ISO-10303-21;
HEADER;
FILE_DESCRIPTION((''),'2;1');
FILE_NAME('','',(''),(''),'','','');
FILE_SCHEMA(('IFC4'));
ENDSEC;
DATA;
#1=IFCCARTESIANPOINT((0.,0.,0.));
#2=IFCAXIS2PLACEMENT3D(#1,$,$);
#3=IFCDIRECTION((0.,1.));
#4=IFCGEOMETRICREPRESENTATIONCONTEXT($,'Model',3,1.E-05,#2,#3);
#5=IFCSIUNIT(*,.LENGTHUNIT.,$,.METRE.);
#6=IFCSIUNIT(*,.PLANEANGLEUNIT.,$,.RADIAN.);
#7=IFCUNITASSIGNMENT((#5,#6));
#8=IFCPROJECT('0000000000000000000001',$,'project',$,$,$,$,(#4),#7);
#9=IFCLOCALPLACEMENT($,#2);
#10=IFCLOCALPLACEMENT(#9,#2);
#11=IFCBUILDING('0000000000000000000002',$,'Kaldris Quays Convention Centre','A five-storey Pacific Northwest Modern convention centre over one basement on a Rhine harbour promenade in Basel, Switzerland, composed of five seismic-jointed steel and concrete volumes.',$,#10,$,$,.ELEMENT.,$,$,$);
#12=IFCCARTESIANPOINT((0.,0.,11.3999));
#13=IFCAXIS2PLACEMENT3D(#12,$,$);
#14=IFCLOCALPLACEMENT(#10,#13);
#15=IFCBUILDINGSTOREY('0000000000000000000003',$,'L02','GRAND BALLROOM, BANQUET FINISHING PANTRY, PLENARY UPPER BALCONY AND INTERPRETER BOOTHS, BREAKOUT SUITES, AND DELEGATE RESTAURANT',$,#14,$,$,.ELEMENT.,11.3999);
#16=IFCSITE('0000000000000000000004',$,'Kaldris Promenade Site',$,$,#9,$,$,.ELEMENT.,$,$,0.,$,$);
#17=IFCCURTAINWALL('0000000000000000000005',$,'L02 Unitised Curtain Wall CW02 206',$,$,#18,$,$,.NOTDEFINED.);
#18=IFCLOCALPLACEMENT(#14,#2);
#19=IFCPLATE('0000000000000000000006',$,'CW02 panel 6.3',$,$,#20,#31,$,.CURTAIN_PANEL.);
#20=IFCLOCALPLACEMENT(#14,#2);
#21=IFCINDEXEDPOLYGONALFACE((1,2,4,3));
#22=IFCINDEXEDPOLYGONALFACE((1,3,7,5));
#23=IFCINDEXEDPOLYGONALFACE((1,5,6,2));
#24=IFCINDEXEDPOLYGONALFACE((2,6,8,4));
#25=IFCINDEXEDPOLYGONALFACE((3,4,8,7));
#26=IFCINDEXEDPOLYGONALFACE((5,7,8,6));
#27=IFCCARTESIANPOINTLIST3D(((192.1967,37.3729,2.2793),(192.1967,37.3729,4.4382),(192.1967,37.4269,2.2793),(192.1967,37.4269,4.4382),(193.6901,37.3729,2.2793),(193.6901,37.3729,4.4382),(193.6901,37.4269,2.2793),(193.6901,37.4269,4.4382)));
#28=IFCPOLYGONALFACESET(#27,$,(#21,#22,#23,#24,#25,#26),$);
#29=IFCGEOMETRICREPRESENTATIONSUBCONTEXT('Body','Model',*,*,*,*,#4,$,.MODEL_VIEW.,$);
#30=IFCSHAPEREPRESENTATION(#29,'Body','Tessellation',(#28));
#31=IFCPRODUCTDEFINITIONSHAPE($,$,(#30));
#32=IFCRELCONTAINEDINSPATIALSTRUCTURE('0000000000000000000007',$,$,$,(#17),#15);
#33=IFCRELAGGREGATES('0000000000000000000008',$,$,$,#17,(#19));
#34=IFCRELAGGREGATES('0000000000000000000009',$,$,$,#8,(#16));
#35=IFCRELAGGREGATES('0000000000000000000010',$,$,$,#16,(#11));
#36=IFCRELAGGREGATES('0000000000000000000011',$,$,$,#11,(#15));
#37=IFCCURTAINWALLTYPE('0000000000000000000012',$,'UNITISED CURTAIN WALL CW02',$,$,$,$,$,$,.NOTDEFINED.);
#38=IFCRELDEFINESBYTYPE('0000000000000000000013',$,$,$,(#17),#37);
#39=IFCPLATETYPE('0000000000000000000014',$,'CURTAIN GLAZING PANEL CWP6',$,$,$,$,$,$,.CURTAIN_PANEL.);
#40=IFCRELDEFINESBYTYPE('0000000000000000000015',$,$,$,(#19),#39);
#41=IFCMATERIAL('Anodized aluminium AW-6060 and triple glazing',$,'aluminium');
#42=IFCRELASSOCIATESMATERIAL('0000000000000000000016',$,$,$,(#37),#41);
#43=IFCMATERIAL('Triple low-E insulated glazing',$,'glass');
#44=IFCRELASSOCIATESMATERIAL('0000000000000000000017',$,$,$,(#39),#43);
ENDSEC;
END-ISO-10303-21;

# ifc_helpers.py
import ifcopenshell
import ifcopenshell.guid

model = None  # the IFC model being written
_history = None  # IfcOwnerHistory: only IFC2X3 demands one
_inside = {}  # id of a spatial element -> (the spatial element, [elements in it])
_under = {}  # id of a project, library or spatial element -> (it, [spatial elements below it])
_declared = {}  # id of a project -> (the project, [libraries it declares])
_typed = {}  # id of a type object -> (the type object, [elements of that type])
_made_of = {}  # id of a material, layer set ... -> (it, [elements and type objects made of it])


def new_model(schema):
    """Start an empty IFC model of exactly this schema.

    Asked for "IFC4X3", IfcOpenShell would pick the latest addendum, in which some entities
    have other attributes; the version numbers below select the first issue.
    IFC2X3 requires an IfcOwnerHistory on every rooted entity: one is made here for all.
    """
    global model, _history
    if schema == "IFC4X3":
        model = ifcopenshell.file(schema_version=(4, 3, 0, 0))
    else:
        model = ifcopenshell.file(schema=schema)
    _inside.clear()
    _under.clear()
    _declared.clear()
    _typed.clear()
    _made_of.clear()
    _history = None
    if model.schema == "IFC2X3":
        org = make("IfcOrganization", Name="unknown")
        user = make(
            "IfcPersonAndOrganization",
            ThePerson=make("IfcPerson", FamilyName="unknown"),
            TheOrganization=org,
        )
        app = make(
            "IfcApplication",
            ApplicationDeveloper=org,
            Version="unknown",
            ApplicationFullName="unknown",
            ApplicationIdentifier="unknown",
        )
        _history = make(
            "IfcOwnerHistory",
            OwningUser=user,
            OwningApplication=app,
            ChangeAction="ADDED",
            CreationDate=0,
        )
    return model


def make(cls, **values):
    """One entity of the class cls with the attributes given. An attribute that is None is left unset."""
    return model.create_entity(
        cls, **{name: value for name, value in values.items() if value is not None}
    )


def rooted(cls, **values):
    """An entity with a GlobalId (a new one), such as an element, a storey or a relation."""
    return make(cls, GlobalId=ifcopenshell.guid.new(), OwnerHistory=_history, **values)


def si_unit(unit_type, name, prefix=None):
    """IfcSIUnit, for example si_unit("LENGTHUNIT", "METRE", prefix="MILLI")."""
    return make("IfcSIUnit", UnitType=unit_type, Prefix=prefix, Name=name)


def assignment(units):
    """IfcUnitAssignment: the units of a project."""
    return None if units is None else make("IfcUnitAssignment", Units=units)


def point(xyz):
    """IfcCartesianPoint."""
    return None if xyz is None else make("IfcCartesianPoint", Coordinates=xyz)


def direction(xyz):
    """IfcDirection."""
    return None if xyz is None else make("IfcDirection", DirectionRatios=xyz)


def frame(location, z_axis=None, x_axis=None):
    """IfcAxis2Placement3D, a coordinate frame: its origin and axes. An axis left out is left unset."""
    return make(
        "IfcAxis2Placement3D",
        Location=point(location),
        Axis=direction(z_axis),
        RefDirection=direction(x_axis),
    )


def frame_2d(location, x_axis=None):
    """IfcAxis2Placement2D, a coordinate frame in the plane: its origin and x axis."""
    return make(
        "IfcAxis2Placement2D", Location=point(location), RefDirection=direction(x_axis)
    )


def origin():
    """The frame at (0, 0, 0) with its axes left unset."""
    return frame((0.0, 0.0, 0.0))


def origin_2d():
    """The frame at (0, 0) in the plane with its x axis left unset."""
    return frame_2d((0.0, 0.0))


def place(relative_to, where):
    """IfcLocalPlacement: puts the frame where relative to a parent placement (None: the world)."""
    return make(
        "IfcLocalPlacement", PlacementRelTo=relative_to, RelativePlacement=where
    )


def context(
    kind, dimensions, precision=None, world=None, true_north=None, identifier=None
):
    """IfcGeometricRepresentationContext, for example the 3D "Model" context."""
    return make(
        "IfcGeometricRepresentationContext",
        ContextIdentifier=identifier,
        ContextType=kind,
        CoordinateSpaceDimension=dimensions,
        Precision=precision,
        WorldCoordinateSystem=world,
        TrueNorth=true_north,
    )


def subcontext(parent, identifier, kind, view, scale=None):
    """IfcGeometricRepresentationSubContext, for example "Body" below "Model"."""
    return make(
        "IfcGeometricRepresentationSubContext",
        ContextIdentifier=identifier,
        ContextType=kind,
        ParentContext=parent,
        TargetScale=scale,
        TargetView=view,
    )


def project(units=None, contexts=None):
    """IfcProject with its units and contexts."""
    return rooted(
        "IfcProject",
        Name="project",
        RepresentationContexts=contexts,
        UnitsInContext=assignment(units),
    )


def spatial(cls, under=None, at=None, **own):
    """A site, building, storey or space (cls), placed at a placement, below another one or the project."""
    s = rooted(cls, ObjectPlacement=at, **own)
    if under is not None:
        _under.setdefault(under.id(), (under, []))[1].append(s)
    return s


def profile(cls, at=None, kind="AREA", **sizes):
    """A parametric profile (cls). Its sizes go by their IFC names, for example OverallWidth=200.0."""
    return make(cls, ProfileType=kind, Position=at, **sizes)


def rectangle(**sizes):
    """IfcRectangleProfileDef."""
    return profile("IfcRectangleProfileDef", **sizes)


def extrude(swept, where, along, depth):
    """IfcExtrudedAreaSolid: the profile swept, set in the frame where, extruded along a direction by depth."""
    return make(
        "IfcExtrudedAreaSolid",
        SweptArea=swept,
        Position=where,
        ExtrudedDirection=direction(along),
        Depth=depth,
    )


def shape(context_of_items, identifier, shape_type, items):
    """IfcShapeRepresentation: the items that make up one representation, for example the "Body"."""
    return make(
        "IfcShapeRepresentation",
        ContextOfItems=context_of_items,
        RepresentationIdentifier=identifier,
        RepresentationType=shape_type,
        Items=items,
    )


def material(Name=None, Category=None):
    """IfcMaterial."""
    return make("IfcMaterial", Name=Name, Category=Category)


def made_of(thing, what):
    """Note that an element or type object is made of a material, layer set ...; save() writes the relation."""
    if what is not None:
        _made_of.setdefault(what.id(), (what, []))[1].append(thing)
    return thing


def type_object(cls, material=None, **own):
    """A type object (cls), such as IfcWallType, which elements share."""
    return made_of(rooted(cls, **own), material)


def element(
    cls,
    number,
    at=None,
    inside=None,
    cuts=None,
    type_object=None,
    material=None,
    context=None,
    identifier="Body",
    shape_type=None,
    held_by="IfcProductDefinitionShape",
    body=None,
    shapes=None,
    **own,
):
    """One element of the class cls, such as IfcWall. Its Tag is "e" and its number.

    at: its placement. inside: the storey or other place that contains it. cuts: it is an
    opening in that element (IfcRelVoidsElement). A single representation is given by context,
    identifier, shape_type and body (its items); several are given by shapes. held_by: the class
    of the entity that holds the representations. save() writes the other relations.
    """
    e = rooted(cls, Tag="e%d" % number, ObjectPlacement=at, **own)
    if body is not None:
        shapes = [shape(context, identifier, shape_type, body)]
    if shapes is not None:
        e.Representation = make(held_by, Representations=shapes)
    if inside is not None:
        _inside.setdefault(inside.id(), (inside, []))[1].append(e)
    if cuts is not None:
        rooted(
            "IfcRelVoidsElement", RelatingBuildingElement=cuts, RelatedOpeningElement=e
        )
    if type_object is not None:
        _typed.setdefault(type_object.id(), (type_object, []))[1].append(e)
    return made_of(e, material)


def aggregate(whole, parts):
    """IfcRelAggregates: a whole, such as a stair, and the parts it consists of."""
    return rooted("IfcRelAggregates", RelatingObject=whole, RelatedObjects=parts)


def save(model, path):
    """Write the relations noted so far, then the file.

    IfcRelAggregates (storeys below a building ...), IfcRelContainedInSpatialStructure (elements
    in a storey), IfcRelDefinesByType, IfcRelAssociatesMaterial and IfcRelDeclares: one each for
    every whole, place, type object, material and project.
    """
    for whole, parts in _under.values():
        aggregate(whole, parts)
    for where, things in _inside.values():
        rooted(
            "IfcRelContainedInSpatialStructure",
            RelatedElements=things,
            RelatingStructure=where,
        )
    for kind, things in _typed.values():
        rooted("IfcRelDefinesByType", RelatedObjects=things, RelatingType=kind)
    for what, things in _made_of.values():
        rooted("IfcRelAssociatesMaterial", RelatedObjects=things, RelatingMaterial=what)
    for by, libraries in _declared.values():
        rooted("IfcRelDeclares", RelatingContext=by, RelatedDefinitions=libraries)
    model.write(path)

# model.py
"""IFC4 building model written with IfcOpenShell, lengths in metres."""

from ifc_helpers import new_model, si_unit, direction, frame, origin, origin_2d, place, context, subcontext, project, spatial, rectangle, extrude, material, type_object, element, aggregate, save


model = new_model("IFC4")

# Units and contexts
model_context = context("Model", 3, precision=1e-05, world=origin(), true_north=direction((0.0, 1.0)))
body_context = subcontext(model_context, "Body", "Model", "MODEL_VIEW")
ifc_project = project(units=[si_unit("LENGTHUNIT", "METRE"), si_unit("PLANEANGLEUNIT", "RADIAN")], contexts=[model_context])

# Site, building, storey
site_placement = place(None, origin())
site = spatial("IfcSite", under=ifc_project, at=site_placement, Name="Kaldris Promenade Site", CompositionType="ELEMENT", RefElevation=0.0)
building_placement = place(site_placement, origin())
building = spatial("IfcBuilding", under=site, at=building_placement, Name="Kaldris Quays Convention Centre", Description="A five-storey Pacific Northwest Modern convention centre over one basement on a Rhine harbour promenade in Basel, Switzerland, composed of five seismic-jointed steel and concrete volumes.", CompositionType="ELEMENT")
storey_placement = place(building_placement, frame((0.0, 0.0, 11.3999)))
storey = spatial("IfcBuildingStorey", under=building, at=storey_placement, Name="L02", Description="GRAND BALLROOM, BANQUET FINISHING PANTRY, PLENARY UPPER BALCONY AND INTERPRETER BOOTHS, BREAKOUT SUITES, AND DELEGATE RESTAURANT", CompositionType="ELEMENT", Elevation=11.3999)

# Curtain wall
ifc_material_1 = material(Name="Anodized aluminium AW-6060 and triple glazing", Category="aluminium")
curtain_wall_type = type_object("IfcCurtainWallType", Name="UNITISED CURTAIN WALL CW02", PredefinedType="NOTDEFINED", material=ifc_material_1)
curtain_wall_placement = place(storey_placement, origin())
curtain_wall = element("IfcCurtainWall", 1, at=curtain_wall_placement, inside=storey, type_object=curtain_wall_type, Name="L02 Unitised Curtain Wall CW02 206", PredefinedType="NOTDEFINED")

# Plate
ifc_material_2 = material(Name="Triple low-E insulated glazing", Category="glass")
plate_type = type_object("IfcPlateType", Name="CURTAIN GLAZING PANEL CWP6", PredefinedType="CURTAIN_PANEL", material=ifc_material_2)
plate_1_placement = place(storey_placement, frame((192.9434, 37.3999, 2.2793), z_axis=(0.0, 0.0, 1.0), x_axis=(1.0, 0.0, 0.0)))
plate_1 = element("IfcPlate", 2, at=plate_1_placement, type_object=plate_type, Name="CW02 panel 6.3", PredefinedType="CURTAIN_PANEL", context=body_context, shape_type="SweptSolid", body=[
    extrude(rectangle(XDim=1.4934, YDim=0.054, at=origin_2d()), origin(), (0.0, 0.0, 1.0), 2.1589),
])
aggregate(curtain_wall, [plate_1])

save(model, "model.ifc")
